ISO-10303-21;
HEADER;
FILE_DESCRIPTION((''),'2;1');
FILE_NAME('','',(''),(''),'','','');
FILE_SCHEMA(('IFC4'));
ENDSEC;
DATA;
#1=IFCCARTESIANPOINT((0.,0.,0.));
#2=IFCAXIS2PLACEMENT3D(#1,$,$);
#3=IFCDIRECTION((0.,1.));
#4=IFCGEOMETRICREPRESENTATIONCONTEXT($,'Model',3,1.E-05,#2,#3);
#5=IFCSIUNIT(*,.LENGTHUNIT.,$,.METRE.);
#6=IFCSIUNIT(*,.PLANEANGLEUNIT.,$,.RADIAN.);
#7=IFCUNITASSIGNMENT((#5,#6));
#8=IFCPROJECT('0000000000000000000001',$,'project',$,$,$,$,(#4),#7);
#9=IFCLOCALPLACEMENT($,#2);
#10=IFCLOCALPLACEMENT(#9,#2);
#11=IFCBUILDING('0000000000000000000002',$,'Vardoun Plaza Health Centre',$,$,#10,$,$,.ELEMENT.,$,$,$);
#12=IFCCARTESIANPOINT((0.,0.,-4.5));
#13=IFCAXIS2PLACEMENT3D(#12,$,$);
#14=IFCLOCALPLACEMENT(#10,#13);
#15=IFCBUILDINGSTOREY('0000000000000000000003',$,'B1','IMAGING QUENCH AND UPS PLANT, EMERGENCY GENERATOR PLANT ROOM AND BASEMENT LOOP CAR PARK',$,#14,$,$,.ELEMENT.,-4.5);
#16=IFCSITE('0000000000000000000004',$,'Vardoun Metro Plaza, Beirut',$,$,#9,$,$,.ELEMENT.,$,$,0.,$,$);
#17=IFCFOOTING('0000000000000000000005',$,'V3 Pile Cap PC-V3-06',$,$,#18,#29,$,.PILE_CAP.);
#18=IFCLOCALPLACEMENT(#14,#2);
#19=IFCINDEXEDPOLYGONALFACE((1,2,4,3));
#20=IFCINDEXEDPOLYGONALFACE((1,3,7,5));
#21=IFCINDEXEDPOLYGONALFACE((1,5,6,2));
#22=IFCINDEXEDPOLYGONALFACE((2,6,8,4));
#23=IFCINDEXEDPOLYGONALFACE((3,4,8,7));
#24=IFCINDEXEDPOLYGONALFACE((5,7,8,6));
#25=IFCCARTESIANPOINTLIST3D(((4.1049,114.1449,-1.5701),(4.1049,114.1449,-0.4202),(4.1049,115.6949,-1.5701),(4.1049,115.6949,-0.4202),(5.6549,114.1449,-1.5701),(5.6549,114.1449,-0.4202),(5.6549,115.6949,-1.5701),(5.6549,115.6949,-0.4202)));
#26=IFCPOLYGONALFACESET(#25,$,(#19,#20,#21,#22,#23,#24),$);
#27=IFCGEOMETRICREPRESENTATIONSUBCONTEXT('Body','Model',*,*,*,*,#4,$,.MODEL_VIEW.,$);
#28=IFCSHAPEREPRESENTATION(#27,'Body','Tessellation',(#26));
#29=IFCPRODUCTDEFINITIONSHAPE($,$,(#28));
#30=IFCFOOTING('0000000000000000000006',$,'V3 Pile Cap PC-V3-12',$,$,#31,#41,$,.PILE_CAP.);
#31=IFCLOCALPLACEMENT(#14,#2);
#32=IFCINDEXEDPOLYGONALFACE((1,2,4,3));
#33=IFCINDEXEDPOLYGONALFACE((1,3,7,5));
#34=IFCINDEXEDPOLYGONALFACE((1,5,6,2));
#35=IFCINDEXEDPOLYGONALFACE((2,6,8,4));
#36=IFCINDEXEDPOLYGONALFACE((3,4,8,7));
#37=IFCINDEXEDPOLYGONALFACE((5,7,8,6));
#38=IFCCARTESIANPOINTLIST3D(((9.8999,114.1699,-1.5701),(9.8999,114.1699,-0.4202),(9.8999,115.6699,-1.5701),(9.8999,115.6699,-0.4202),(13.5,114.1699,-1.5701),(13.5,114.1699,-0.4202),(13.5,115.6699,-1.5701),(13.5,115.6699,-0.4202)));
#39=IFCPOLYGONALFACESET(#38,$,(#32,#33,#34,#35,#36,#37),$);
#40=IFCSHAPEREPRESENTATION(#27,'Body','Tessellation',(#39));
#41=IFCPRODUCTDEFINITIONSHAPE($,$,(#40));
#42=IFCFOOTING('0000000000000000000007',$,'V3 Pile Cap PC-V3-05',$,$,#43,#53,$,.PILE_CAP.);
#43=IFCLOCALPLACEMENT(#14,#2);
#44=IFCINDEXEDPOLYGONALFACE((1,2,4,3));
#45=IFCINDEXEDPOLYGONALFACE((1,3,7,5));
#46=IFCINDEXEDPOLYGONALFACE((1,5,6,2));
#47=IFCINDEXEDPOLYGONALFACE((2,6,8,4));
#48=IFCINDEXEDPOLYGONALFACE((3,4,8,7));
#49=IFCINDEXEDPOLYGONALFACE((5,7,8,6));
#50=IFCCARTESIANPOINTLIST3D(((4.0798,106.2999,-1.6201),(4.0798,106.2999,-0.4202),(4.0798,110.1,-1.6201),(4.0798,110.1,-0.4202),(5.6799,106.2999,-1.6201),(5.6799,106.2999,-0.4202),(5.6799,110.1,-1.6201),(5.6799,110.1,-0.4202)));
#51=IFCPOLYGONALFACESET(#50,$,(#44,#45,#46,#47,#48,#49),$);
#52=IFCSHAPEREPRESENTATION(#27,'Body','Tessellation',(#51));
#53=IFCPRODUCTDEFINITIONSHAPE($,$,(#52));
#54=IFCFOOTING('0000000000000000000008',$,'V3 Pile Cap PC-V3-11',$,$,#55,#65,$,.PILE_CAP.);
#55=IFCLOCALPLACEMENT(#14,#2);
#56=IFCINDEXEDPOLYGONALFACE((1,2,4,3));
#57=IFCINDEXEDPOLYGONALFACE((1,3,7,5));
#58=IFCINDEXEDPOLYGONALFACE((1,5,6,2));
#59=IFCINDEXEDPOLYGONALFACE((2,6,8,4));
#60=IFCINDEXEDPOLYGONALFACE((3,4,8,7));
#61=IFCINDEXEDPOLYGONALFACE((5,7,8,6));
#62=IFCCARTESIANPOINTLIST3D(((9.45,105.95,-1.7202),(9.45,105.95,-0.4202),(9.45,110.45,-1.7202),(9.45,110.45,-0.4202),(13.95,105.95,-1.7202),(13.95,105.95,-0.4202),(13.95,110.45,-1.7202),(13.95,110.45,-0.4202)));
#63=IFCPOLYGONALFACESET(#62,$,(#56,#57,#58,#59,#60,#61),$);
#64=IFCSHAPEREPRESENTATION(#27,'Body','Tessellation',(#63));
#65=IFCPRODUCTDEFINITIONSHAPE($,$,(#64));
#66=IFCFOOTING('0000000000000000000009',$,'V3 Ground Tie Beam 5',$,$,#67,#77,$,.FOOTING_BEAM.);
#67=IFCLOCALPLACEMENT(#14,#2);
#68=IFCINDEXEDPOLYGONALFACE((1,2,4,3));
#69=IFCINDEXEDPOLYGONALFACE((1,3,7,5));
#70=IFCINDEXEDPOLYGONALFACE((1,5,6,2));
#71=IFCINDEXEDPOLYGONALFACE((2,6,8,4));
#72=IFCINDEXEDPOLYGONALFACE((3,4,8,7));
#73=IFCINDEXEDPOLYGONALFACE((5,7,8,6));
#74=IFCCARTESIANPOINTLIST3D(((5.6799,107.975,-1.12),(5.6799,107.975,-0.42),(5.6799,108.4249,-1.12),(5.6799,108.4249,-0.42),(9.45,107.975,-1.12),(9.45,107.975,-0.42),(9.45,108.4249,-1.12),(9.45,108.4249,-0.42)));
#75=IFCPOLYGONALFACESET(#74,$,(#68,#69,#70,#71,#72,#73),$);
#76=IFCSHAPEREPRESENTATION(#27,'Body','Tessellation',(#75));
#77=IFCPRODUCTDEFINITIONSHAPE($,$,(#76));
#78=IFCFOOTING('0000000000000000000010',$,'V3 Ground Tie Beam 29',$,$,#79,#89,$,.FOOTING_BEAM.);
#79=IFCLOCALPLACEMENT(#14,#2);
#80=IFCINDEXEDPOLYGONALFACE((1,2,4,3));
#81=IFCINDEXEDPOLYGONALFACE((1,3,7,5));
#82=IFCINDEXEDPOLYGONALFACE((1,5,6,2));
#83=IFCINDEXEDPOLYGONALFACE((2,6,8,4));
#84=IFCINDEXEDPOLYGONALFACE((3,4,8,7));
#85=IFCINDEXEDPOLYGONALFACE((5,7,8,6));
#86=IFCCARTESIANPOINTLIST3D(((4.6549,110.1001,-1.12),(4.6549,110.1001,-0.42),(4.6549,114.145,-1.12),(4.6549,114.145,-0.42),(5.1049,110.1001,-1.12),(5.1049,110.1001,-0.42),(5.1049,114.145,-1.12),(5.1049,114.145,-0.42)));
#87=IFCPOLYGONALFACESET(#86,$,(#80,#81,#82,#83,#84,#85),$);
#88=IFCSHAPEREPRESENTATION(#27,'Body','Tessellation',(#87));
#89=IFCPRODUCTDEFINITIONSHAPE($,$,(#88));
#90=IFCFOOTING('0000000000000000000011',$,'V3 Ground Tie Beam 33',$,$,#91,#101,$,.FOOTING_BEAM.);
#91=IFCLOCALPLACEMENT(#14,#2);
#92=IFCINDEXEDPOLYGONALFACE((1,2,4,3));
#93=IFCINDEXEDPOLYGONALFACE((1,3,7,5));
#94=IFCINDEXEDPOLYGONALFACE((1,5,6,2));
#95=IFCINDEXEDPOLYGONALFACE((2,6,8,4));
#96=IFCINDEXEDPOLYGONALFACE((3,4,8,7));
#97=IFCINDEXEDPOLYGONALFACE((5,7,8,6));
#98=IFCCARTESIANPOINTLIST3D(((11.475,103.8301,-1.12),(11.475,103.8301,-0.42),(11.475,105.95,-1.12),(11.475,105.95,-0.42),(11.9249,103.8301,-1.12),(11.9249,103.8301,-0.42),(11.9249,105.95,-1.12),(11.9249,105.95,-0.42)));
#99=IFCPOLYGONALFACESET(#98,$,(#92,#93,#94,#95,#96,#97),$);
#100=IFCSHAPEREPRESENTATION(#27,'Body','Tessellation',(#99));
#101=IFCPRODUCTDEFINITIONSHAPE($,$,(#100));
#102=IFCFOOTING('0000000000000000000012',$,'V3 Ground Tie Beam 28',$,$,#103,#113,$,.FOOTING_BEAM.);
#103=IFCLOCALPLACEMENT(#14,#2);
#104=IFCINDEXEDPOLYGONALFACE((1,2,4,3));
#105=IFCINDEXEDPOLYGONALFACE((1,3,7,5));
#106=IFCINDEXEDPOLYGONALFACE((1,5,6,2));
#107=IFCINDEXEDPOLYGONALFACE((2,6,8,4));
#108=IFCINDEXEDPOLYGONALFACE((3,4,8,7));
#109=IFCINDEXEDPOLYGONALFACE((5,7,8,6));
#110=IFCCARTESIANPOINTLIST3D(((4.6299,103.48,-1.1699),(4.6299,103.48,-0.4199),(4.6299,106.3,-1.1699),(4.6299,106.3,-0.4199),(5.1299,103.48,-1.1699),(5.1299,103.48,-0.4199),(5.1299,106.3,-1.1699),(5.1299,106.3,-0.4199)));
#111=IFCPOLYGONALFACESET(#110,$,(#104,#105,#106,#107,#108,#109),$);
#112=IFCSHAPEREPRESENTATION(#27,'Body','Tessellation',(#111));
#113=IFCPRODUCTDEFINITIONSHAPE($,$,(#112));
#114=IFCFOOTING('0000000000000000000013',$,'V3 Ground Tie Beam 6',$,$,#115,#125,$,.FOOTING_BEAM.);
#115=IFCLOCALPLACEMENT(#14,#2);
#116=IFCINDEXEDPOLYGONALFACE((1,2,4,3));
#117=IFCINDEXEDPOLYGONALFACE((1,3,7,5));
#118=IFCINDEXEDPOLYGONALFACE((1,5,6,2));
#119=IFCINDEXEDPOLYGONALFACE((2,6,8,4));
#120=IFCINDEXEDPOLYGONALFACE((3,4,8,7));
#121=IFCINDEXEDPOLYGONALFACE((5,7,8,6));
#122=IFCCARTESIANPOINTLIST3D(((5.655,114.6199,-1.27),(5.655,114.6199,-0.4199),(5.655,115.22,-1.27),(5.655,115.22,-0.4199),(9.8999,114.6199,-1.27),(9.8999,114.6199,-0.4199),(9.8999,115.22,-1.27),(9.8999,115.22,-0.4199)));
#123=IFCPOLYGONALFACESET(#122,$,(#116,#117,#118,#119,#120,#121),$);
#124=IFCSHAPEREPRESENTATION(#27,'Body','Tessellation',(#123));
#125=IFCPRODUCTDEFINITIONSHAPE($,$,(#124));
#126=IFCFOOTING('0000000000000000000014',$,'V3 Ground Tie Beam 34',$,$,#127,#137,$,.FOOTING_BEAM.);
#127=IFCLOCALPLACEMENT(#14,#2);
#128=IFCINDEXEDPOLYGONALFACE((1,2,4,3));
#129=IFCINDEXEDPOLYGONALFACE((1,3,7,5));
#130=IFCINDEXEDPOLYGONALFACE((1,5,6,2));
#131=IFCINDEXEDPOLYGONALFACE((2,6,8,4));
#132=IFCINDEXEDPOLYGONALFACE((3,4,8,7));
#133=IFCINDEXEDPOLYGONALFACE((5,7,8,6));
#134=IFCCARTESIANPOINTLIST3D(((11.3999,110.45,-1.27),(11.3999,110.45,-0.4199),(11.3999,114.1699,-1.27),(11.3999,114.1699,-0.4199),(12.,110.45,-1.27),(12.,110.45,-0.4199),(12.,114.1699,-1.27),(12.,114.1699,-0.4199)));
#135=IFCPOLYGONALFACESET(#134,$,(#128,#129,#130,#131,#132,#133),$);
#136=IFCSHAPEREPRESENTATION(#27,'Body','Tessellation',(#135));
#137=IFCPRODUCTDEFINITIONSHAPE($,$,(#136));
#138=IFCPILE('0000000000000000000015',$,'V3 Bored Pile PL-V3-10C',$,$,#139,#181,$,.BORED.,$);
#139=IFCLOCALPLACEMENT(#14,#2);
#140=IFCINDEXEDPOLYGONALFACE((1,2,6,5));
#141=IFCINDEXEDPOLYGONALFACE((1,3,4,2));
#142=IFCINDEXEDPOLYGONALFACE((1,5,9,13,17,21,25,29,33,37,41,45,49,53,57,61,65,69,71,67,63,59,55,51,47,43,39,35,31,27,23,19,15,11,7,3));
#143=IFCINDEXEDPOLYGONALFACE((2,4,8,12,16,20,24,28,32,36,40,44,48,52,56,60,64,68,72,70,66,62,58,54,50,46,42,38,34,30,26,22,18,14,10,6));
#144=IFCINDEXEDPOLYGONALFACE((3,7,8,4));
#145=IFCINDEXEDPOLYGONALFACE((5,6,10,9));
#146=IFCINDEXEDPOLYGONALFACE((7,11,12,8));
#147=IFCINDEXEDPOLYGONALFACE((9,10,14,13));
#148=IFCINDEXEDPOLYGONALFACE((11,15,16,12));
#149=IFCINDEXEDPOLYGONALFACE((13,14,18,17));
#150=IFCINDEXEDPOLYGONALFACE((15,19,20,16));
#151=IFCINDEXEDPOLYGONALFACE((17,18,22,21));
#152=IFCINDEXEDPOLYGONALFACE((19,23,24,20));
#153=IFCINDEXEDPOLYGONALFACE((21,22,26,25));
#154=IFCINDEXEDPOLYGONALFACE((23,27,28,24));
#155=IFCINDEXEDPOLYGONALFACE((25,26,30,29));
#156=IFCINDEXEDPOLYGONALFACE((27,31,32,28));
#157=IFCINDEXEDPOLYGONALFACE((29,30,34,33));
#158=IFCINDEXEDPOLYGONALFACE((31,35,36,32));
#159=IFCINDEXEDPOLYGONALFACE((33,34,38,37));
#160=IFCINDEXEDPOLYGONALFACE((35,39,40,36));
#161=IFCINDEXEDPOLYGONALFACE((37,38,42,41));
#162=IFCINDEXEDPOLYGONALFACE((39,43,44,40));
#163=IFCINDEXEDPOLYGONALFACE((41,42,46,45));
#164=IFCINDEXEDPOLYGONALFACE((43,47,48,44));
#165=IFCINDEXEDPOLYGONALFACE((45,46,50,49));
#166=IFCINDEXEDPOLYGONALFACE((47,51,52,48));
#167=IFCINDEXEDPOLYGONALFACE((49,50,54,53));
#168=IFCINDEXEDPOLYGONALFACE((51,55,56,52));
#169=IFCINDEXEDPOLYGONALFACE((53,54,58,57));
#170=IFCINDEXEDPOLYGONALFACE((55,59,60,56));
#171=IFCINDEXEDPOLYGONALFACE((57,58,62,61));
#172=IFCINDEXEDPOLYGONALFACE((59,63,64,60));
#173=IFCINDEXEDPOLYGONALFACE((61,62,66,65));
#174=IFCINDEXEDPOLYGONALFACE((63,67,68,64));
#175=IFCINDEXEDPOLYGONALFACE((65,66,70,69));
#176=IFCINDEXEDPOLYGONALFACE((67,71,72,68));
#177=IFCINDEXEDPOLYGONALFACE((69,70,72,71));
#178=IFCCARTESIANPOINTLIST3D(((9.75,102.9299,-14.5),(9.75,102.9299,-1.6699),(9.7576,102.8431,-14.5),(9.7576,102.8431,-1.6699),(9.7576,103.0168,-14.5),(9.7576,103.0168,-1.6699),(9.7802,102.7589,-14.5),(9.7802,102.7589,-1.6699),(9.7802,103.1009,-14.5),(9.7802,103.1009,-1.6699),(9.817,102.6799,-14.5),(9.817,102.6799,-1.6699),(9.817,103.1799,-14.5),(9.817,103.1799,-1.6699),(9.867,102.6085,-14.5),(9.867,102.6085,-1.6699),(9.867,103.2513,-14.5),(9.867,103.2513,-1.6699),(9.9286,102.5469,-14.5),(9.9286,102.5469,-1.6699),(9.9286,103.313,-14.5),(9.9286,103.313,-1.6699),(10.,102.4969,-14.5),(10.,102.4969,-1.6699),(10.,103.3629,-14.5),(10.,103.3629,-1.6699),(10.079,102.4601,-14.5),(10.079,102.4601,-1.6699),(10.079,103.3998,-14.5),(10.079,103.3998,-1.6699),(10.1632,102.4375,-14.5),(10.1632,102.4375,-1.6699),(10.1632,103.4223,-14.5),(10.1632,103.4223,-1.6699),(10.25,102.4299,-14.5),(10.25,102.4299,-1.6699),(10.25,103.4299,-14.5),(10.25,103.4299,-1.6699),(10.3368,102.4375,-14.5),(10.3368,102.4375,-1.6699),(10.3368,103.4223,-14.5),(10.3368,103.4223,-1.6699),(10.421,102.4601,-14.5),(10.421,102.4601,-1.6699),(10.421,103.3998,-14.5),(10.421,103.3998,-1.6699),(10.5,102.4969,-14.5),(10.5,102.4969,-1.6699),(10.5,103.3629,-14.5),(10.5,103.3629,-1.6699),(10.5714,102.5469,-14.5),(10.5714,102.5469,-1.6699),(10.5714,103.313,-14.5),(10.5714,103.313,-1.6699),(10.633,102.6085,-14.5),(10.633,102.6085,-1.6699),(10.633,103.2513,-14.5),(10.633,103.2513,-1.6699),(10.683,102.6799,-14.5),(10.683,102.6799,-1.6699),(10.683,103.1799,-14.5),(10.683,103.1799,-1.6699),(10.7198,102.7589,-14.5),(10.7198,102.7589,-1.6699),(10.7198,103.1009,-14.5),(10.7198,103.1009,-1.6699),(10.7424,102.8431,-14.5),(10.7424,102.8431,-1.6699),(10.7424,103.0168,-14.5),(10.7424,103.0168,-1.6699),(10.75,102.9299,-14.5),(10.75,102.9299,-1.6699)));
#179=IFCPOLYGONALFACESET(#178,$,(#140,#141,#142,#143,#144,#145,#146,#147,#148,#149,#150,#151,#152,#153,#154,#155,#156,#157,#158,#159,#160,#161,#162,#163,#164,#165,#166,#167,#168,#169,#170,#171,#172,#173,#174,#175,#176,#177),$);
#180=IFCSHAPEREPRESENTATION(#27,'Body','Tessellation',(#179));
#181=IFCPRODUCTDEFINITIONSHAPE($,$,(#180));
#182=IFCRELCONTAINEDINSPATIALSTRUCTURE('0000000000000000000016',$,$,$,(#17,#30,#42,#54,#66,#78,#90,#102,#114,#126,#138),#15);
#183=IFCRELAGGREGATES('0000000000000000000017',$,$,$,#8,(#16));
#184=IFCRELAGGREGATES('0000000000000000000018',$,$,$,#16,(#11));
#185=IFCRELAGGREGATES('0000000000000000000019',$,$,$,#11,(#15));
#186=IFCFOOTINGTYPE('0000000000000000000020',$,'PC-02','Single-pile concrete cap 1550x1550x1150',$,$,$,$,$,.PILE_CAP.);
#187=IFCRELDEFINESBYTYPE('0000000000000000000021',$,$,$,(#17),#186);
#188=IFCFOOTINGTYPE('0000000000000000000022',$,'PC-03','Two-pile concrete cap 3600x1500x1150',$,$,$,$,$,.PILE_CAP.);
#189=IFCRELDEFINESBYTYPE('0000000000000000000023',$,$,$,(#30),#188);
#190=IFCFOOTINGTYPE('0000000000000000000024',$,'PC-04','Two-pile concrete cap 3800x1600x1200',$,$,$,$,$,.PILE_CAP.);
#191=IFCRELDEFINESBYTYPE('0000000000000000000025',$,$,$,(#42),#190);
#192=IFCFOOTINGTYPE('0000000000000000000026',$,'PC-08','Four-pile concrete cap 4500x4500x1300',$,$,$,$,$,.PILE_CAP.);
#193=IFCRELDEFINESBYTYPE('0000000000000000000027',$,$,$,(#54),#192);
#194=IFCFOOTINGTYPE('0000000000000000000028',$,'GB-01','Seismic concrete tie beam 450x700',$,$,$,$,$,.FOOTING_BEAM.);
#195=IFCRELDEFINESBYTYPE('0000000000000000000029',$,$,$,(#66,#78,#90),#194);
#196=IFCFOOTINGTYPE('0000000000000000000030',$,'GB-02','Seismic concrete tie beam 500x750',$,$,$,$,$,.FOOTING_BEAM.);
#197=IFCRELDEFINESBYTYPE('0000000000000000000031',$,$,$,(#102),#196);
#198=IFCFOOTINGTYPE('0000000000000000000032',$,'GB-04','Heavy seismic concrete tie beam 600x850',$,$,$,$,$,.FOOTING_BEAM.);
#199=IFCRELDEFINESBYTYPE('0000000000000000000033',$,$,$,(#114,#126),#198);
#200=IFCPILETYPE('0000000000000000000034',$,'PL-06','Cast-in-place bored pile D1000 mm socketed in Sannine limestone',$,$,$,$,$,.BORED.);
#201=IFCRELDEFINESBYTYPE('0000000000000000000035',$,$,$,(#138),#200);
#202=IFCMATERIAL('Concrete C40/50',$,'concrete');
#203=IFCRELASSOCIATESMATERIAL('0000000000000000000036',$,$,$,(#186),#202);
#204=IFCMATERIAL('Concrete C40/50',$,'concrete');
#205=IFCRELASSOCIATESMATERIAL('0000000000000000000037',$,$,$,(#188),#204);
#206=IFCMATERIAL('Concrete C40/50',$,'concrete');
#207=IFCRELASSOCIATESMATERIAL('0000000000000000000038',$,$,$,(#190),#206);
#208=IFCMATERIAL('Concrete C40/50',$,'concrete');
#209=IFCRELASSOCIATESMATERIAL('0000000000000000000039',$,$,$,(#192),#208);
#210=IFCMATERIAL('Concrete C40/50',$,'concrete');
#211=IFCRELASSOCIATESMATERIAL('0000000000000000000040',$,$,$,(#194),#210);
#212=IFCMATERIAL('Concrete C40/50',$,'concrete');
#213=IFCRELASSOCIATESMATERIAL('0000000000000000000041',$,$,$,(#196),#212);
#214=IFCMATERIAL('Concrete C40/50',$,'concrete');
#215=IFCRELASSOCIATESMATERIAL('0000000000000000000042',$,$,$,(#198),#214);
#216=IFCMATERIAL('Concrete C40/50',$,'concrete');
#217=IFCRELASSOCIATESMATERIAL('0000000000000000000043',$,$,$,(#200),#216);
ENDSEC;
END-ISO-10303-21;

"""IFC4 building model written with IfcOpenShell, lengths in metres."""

from ifc_helpers import new_model, si_unit, direction, frame, origin, origin_2d, place, context, subcontext, project, spatial, rectangle, circle, extrude, material, material_profile, profile_set, type_object, element, save


model = new_model("IFC4")

# Units and contexts
model_context = context("Model", 3, precision=1e-05, world=origin(), true_north=direction((0.0, 1.0)))
body_context = subcontext(model_context, "Body", "Model", "MODEL_VIEW")
ifc_project = project(units=[si_unit("LENGTHUNIT", "METRE"), si_unit("PLANEANGLEUNIT", "RADIAN")], contexts=[model_context])

# Site, building, storey
site_placement = place(None, origin())
site = spatial("IfcSite", under=ifc_project, at=site_placement, Name="Vardoun Metro Plaza, Beirut", CompositionType="ELEMENT", RefElevation=0.0)
building_placement = place(site_placement, origin())
building = spatial("IfcBuilding", under=site, at=building_placement, Name="Vardoun Plaza Health Centre", CompositionType="ELEMENT")
storey_placement = place(building_placement, frame((0.0, 0.0, -4.5)))
storey = spatial("IfcBuildingStorey", under=building, at=storey_placement, Name="B1", Description="IMAGING QUENCH AND UPS PLANT, EMERGENCY GENERATOR PLANT ROOM AND BASEMENT LOOP CAR PARK", CompositionType="ELEMENT", Elevation=-4.5)

# Footings
ifc_material_1 = material(Name="Concrete C40/50", Category="concrete")
footing_type_1 = type_object("IfcFootingType", Name="PC-02", Description="Single-pile concrete cap 1550x1550x1150", PredefinedType="PILE_CAP", material=ifc_material_1)
footing_1_placement = place(storey_placement, frame((4.8799, 114.9199, -1.5701), z_axis=(0.0, 0.0, 1.0), x_axis=(1.0, 0.0, 0.0)))
element("IfcFooting", 1, at=footing_1_placement, inside=storey, type_object=footing_type_1, Name="V3 Pile Cap PC-V3-06", PredefinedType="PILE_CAP", context=body_context, shape_type="SweptSolid", body=[
    extrude(rectangle(XDim=1.55, YDim=1.55, at=origin_2d()), origin(), (0.0, 0.0, 1.0), 1.1499),
])
ifc_material_2 = material(Name="Concrete C40/50", Category="concrete")
footing_type_2 = type_object("IfcFootingType", Name="PC-03", Description="Two-pile concrete cap 3600x1500x1150", PredefinedType="PILE_CAP", material=ifc_material_2)
footing_2_placement = place(storey_placement, frame((11.7, 114.9199, -1.5701), z_axis=(0.0, 0.0, 1.0), x_axis=(1.0, 0.0, 0.0)))
element("IfcFooting", 2, at=footing_2_placement, inside=storey, type_object=footing_type_2, Name="V3 Pile Cap PC-V3-12", PredefinedType="PILE_CAP", context=body_context, shape_type="SweptSolid", body=[
    extrude(rectangle(XDim=3.6001, YDim=1.5, at=origin_2d()), origin(), (0.0, 0.0, 1.0), 1.1499),
])
ifc_material_3 = material(Name="Concrete C40/50", Category="concrete")
footing_type_3 = type_object("IfcFootingType", Name="PC-04", Description="Two-pile concrete cap 3800x1600x1200", PredefinedType="PILE_CAP", material=ifc_material_3)
footing_3_placement = place(storey_placement, frame((4.8799, 108.2, -1.6201), z_axis=(0.0, 0.0, 1.0), x_axis=(0.0, 1.0, 0.0)))
element("IfcFooting", 3, at=footing_3_placement, inside=storey, type_object=footing_type_3, Name="V3 Pile Cap PC-V3-05", PredefinedType="PILE_CAP", context=body_context, shape_type="SweptSolid", body=[
    extrude(rectangle(XDim=3.8, YDim=1.6001, at=origin_2d()), origin(), (0.0, 0.0, 1.0), 1.2),
])
ifc_material_4 = material(Name="Concrete C40/50", Category="concrete")
footing_type_4 = type_object("IfcFootingType", Name="PC-08", Description="Four-pile concrete cap 4500x4500x1300", PredefinedType="PILE_CAP", material=ifc_material_4)
footing_4_placement = place(storey_placement, frame((11.7, 108.2, -1.7202), z_axis=(0.0, 0.0, 1.0), x_axis=(1.0, 0.0, 0.0)))
element("IfcFooting", 4, at=footing_4_placement, inside=storey, type_object=footing_type_4, Name="V3 Pile Cap PC-V3-11", PredefinedType="PILE_CAP", context=body_context, shape_type="SweptSolid", body=[
    extrude(rectangle(XDim=4.5, YDim=4.5, at=origin_2d()), origin(), (0.0, 0.0, 1.0), 1.3),
])
ifc_material_5 = material(Name="Concrete C40/50", Category="concrete")
ifc_material_profile_1 = material_profile(ifc_material_5, rectangle(XDim=0.45, YDim=0.7, at=origin_2d()), Name="GB 450x700")
ifc_profile_set_1 = profile_set([ifc_material_profile_1], Name="Concrete C40/50")
footing_type_5 = type_object("IfcFootingType", Name="GB-01", Description="Seismic concrete tie beam 450x700", PredefinedType="FOOTING_BEAM", material=ifc_profile_set_1)
footing_5_placement = place(storey_placement, frame((5.6799, 108.2, -0.77), z_axis=(1.0, 0.0, 0.0), x_axis=(0.0, 1.0, 0.0)))
element("IfcFooting", 5, at=footing_5_placement, inside=storey, type_object=footing_type_5, Name="V3 Ground Tie Beam 5", PredefinedType="FOOTING_BEAM", context=body_context, shape_type="SweptSolid", body=[
    extrude(rectangle(XDim=0.45, YDim=0.7, at=origin_2d()), origin(), (0.0, 0.0, 1.0), 3.77),
])
footing_6_placement = place(storey_placement, frame((4.8799, 110.1001, -0.77), z_axis=(0.0, 1.0, 0.0), x_axis=(-1.0, 0.0, 0.0)))
element("IfcFooting", 6, at=footing_6_placement, inside=storey, type_object=footing_type_5, Name="V3 Ground Tie Beam 29", PredefinedType="FOOTING_BEAM", context=body_context, shape_type="SweptSolid", body=[
    extrude(rectangle(XDim=0.45, YDim=0.7, at=origin_2d()), origin(), (0.0, 0.0, 1.0), 4.0449),
])
footing_7_placement = place(storey_placement, frame((11.7, 103.8301, -0.77), z_axis=(0.0, 1.0, 0.0), x_axis=(-1.0, 0.0, 0.0)))
element("IfcFooting", 7, at=footing_7_placement, inside=storey, type_object=footing_type_5, Name="V3 Ground Tie Beam 33", PredefinedType="FOOTING_BEAM", context=body_context, shape_type="SweptSolid", body=[
    extrude(rectangle(XDim=0.45, YDim=0.7, at=origin_2d()), origin(), (0.0, 0.0, 1.0), 2.1199),
])
ifc_material_6 = material(Name="Concrete C40/50", Category="concrete")
ifc_material_profile_2 = material_profile(ifc_material_6, rectangle(XDim=0.5, YDim=0.75, at=origin_2d()), Name="GB 500x750")
ifc_profile_set_2 = profile_set([ifc_material_profile_2], Name="Concrete C40/50")
footing_type_6 = type_object("IfcFootingType", Name="GB-02", Description="Seismic concrete tie beam 500x750", PredefinedType="FOOTING_BEAM", material=ifc_profile_set_2)
footing_8_placement = place(storey_placement, frame((4.8799, 103.48, -0.7949), z_axis=(0.0, 1.0, 0.0), x_axis=(-1.0, 0.0, 0.0)))
element("IfcFooting", 8, at=footing_8_placement, inside=storey, type_object=footing_type_6, Name="V3 Ground Tie Beam 28", PredefinedType="FOOTING_BEAM", context=body_context, shape_type="SweptSolid", body=[
    extrude(rectangle(XDim=0.5, YDim=0.75, at=origin_2d()), origin(), (0.0, 0.0, 1.0), 2.8201),
])
ifc_material_7 = material(Name="Concrete C40/50", Category="concrete")
ifc_material_profile_3 = material_profile(ifc_material_7, rectangle(XDim=0.6001, YDim=0.8501, at=origin_2d()), Name="GB 600x850")
ifc_profile_set_3 = profile_set([ifc_material_profile_3], Name="Concrete C40/50")
footing_type_7 = type_object("IfcFootingType", Name="GB-04", Description="Heavy seismic concrete tie beam 600x850", PredefinedType="FOOTING_BEAM", material=ifc_profile_set_3)
footing_9_placement = place(storey_placement, frame((5.655, 114.9199, -0.845), z_axis=(1.0, 0.0, 0.0), x_axis=(0.0, 1.0, 0.0)))
element("IfcFooting", 9, at=footing_9_placement, inside=storey, type_object=footing_type_7, Name="V3 Ground Tie Beam 6", PredefinedType="FOOTING_BEAM", context=body_context, shape_type="SweptSolid", body=[
    extrude(rectangle(XDim=0.6001, YDim=0.8501, at=origin_2d()), origin(), (0.0, 0.0, 1.0), 4.2449),
])
footing_10_placement = place(storey_placement, frame((11.7, 110.45, -0.845), z_axis=(0.0, 1.0, 0.0), x_axis=(-1.0, 0.0, 0.0)))
element("IfcFooting", 10, at=footing_10_placement, inside=storey, type_object=footing_type_7, Name="V3 Ground Tie Beam 34", PredefinedType="FOOTING_BEAM", context=body_context, shape_type="SweptSolid", body=[
    extrude(rectangle(XDim=0.6001, YDim=0.8501, at=origin_2d()), origin(), (0.0, 0.0, 1.0), 3.72),
])

# Pile
ifc_material_8 = material(Name="Concrete C40/50", Category="concrete")
ifc_material_profile_4 = material_profile(ifc_material_8, circle(Radius=0.5, at=origin_2d()), Name="PILE D1000")
ifc_profile_set_4 = profile_set([ifc_material_profile_4], Name="Concrete C40/50")
pile_type_1 = type_object("IfcPileType", Name="PL-06", Description="Cast-in-place bored pile D1000 mm socketed in Sannine limestone", PredefinedType="BORED", material=ifc_profile_set_4)
pile_1_placement = place(storey_placement, frame((10.25, 102.9299, -1.6699), z_axis=(0.0, 0.0, -1.0), x_axis=(1.0, 0.0, 0.0)))
element("IfcPile", 11, at=pile_1_placement, inside=storey, type_object=pile_type_1, Name="V3 Bored Pile PL-V3-10C", PredefinedType="BORED", context=body_context, shape_type="SweptSolid", body=[
    extrude(circle(Radius=0.5, at=origin_2d()), origin(), (0.0, 0.0, 1.0), 12.8301),
])

save(model, "model.ifc")
